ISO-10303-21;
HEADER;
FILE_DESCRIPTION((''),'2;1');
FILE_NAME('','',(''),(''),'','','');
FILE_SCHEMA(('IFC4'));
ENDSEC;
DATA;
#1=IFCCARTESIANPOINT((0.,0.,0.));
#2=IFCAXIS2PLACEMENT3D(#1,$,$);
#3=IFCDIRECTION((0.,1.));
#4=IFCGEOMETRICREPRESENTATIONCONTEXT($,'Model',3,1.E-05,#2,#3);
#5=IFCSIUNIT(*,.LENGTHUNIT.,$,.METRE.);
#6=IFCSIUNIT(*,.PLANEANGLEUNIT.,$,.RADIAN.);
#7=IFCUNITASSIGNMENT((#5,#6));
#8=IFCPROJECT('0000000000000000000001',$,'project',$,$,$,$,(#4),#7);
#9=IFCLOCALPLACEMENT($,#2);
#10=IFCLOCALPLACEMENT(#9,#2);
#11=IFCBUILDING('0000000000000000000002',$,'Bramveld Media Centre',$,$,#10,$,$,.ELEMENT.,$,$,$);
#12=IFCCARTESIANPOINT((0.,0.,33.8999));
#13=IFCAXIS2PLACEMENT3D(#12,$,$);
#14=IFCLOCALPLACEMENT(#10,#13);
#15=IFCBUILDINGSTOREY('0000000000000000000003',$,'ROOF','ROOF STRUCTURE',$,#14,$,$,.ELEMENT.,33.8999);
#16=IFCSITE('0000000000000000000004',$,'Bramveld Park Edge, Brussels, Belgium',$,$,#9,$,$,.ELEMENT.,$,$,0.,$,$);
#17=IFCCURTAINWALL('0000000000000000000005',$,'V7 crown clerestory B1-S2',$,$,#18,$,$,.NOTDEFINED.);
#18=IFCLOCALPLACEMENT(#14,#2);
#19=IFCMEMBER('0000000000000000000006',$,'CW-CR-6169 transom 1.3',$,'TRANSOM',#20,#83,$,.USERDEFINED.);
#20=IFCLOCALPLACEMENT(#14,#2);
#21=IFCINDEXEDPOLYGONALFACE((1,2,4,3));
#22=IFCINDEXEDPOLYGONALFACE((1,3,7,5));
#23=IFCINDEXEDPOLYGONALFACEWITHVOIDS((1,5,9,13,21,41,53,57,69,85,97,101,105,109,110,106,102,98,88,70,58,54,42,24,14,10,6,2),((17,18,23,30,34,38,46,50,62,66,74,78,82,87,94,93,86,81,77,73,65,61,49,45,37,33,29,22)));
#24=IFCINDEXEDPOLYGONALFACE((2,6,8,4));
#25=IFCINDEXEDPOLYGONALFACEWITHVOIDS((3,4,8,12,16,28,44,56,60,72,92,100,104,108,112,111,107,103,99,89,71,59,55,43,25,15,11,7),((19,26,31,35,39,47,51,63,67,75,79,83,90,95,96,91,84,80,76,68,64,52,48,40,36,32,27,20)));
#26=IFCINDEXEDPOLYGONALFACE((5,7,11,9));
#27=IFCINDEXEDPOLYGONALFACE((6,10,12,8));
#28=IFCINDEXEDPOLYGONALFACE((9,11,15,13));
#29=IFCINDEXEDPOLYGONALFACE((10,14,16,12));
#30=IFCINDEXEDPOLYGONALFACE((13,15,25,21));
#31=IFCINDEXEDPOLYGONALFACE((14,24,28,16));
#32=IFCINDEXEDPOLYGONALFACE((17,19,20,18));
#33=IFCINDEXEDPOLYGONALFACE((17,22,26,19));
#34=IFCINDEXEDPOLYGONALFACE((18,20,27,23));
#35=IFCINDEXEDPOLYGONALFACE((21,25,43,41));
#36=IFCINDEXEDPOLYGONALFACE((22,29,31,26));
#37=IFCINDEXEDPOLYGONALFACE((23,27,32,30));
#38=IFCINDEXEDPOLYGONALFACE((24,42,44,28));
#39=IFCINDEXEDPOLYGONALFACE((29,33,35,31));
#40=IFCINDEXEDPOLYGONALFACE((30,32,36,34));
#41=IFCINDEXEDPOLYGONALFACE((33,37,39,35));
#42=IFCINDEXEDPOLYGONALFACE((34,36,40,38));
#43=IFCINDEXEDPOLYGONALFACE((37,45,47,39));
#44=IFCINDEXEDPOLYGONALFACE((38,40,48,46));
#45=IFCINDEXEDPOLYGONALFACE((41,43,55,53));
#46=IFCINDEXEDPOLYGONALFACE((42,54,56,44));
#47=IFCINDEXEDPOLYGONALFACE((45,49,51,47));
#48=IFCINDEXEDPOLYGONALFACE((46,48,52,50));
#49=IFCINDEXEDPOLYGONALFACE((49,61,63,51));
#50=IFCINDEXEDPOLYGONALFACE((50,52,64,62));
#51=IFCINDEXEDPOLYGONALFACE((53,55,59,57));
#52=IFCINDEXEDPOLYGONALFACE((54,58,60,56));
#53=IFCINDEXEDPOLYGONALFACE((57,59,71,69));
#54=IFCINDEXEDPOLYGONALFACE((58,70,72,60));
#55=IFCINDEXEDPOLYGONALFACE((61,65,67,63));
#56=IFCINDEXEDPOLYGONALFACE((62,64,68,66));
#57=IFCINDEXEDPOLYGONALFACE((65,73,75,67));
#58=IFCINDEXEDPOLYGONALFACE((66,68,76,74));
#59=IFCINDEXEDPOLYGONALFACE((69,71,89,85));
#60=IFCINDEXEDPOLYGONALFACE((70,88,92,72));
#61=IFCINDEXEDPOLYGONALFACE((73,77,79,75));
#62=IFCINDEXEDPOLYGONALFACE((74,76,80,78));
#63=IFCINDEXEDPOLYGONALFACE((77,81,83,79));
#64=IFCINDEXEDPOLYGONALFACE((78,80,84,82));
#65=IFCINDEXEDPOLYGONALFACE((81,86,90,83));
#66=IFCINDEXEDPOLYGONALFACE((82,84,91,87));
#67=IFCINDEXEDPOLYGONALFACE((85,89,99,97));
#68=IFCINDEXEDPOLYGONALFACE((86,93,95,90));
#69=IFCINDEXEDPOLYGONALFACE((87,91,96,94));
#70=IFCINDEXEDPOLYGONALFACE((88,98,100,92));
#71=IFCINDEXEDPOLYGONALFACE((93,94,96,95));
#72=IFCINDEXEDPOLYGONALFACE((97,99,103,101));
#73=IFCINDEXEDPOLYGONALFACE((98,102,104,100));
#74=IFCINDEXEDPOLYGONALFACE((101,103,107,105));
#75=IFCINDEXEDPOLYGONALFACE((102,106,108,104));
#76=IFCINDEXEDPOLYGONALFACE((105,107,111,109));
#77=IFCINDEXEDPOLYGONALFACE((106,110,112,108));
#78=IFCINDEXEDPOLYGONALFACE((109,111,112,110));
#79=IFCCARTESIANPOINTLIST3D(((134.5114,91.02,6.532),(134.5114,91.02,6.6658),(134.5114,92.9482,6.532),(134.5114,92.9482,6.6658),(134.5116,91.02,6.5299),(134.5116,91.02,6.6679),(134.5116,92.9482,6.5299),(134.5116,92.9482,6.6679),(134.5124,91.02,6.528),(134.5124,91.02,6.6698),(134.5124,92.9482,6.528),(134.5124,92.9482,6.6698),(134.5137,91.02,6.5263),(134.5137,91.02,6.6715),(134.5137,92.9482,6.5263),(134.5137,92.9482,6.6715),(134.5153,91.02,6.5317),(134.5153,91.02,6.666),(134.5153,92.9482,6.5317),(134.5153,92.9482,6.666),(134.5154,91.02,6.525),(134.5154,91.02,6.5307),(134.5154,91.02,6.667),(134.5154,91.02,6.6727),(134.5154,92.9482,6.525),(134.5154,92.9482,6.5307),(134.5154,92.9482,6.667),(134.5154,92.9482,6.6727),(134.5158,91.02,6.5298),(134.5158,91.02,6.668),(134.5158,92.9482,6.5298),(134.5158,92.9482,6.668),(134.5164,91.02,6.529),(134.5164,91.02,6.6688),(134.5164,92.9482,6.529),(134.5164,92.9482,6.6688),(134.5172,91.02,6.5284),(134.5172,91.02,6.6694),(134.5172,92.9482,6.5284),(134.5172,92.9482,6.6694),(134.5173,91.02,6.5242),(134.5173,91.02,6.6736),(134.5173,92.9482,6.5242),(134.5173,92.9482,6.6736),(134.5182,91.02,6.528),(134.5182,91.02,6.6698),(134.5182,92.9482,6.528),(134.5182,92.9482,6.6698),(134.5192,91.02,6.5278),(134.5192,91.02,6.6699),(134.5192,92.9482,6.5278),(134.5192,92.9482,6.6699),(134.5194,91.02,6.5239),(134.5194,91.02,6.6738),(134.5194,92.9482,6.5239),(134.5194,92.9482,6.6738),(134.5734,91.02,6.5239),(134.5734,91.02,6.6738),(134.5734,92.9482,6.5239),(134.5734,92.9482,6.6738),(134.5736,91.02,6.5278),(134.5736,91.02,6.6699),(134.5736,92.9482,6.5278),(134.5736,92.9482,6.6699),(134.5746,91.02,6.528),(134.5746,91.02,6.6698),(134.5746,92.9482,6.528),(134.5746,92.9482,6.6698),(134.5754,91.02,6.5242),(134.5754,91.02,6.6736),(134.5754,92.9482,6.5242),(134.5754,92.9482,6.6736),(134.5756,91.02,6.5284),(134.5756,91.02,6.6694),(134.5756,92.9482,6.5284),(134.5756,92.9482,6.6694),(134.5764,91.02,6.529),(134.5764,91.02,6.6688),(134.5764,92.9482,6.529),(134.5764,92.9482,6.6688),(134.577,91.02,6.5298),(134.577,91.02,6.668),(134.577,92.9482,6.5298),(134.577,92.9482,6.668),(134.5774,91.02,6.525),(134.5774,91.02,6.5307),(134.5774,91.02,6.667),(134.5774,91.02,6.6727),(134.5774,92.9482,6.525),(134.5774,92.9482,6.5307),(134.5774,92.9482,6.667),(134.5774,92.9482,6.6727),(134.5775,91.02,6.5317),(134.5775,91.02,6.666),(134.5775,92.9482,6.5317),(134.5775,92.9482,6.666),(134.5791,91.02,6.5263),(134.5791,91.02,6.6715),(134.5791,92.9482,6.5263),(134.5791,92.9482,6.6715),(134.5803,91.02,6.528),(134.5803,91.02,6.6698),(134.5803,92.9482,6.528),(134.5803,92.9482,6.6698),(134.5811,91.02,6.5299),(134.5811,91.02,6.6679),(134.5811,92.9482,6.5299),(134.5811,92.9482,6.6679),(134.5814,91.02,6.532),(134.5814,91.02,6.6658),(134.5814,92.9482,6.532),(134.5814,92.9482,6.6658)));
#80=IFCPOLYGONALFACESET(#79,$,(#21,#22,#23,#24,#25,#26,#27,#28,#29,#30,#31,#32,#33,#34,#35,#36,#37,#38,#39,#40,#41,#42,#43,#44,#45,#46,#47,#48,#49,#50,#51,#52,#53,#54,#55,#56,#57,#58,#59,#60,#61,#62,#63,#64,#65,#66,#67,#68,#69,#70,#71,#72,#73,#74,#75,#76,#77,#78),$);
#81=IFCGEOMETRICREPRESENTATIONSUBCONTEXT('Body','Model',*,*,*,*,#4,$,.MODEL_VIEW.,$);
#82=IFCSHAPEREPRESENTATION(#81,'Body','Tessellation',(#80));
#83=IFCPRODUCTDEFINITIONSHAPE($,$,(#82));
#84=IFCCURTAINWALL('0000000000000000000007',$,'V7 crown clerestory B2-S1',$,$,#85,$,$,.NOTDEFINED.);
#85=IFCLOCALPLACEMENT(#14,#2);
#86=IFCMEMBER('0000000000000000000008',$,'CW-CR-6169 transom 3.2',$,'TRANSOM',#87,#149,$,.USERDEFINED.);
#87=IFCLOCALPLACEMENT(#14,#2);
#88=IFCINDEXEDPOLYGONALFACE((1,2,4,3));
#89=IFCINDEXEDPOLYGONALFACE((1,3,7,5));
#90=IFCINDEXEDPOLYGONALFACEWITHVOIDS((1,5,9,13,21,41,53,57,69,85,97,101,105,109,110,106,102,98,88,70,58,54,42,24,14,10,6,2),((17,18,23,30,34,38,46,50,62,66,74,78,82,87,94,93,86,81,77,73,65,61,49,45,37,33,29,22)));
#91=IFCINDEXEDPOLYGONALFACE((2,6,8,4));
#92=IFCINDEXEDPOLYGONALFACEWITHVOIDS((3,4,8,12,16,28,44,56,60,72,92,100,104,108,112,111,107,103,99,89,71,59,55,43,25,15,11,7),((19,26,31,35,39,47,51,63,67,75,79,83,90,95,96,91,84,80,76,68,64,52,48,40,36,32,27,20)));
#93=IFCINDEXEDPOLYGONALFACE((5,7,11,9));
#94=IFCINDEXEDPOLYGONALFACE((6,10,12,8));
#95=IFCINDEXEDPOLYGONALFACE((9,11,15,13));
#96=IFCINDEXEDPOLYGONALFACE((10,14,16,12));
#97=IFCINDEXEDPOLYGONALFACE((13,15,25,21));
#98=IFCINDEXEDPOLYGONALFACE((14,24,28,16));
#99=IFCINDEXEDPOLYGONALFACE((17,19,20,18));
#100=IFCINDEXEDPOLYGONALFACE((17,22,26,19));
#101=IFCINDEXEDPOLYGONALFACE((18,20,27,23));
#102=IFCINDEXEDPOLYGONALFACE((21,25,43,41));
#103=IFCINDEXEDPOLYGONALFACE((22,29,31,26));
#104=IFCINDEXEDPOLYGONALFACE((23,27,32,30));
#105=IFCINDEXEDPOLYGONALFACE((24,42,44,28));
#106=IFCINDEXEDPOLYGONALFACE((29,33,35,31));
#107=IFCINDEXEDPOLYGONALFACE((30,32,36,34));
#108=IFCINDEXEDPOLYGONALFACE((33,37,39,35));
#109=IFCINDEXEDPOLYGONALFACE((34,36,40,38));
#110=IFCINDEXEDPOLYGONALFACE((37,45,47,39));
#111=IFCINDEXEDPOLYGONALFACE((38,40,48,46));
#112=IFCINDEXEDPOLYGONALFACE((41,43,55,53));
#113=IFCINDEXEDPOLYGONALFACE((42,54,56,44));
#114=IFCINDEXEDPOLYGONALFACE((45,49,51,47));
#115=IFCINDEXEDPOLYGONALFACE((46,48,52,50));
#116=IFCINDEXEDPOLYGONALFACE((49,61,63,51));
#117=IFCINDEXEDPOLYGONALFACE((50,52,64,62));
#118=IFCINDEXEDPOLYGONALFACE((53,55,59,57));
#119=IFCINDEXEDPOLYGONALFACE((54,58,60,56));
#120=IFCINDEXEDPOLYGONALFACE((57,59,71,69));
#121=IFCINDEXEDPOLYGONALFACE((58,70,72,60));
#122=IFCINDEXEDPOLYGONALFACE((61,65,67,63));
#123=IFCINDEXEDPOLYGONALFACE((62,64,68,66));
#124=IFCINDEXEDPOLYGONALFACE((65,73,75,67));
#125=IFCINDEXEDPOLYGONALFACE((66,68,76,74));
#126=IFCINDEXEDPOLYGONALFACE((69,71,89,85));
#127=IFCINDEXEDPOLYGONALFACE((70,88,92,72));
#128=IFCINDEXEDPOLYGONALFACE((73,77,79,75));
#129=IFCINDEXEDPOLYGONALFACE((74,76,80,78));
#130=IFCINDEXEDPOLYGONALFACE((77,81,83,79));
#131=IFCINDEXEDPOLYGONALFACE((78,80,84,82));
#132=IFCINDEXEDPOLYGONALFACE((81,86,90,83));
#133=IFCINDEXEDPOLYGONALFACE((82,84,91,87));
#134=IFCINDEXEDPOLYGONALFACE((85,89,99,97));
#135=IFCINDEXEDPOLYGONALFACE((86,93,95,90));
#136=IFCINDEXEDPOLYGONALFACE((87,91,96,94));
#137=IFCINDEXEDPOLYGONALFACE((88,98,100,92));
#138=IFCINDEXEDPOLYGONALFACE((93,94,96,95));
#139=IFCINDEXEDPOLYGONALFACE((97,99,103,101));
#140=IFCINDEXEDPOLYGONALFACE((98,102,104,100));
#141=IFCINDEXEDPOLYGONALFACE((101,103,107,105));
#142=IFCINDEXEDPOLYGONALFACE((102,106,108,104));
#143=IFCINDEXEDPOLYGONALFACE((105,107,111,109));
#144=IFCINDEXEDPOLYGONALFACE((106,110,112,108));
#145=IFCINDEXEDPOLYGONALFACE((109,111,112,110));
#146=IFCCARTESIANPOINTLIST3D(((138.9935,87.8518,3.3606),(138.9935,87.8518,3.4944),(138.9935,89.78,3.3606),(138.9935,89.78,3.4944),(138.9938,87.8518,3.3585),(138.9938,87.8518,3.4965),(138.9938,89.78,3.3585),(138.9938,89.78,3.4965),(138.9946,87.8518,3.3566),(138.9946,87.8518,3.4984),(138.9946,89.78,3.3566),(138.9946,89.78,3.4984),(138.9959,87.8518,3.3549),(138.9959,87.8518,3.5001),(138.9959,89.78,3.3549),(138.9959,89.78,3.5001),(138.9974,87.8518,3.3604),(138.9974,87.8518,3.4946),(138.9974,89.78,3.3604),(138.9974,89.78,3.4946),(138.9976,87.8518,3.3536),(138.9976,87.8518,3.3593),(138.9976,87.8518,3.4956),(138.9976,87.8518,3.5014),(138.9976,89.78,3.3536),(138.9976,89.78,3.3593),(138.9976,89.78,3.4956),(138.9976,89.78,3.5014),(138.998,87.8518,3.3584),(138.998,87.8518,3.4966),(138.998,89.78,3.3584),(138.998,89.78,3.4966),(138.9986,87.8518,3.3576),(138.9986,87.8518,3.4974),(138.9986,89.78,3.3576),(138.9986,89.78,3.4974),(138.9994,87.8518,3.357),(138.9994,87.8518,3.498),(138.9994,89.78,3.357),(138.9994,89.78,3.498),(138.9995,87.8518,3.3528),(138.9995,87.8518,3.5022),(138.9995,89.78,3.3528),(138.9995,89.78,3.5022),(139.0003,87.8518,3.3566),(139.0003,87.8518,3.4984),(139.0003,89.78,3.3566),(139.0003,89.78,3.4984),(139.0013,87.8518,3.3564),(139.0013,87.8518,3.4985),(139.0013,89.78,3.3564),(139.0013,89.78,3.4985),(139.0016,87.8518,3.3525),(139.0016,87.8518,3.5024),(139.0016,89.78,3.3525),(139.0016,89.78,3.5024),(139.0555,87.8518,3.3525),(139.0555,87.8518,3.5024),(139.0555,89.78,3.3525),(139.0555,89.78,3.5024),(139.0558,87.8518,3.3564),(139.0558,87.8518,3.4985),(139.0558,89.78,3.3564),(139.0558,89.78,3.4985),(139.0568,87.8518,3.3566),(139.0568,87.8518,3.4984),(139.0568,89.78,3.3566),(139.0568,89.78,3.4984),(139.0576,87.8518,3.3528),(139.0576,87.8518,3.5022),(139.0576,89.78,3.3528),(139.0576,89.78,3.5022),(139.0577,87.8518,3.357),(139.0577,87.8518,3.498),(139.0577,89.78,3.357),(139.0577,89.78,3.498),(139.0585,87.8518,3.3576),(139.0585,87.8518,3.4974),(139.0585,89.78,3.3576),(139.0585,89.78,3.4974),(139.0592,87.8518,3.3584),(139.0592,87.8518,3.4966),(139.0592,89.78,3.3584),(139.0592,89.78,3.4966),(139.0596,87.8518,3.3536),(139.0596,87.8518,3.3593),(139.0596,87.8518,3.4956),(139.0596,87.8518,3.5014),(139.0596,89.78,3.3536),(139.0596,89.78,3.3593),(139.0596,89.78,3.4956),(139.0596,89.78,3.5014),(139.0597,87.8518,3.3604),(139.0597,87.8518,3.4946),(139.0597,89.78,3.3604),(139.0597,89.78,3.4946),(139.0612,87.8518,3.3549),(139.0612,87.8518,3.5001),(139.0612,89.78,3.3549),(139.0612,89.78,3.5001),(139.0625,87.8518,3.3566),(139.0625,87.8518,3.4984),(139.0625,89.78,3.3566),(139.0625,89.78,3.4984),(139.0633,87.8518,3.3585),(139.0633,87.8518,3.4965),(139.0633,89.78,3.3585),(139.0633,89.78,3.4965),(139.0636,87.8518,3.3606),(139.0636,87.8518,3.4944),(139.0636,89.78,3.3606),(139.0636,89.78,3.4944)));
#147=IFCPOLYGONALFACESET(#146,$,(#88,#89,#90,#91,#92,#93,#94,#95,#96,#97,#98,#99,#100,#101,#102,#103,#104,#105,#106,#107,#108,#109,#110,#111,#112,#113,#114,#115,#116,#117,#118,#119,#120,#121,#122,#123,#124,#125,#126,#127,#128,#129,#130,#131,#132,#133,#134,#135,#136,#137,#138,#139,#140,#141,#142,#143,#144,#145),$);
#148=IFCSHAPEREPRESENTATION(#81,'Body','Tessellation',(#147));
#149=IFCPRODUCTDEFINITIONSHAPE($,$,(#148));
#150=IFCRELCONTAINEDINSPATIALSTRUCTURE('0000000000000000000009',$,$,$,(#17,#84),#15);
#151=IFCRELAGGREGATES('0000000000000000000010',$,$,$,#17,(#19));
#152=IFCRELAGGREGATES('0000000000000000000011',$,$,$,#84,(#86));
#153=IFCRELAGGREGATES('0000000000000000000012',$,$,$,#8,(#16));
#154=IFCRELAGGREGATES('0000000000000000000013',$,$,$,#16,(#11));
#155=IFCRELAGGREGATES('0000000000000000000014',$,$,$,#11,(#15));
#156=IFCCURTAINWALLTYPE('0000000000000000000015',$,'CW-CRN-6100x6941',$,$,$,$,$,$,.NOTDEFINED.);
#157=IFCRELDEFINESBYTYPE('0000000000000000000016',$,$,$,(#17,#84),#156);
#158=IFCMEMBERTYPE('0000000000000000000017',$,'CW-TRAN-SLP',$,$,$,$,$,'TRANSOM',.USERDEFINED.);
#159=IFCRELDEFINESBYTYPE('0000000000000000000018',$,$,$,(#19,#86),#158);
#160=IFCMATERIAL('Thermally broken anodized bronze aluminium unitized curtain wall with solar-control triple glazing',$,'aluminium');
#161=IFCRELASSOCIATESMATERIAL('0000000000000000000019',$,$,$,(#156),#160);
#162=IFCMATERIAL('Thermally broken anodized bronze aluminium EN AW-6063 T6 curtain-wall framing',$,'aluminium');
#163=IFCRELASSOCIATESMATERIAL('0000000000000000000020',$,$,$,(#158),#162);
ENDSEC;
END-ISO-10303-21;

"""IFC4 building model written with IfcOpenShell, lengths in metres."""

from ifc_helpers import new_model, si_unit, direction, frame, origin, origin_2d, place, context, subcontext, project, spatial, hollow_rectangle, extrude, material, material_profile, profile_set, type_object, element, aggregate, save


model = new_model("IFC4")

# Units and contexts
model_context = context("Model", 3, precision=1e-05, world=origin(), true_north=direction((0.0, 1.0)))
body_context = subcontext(model_context, "Body", "Model", "MODEL_VIEW")
ifc_project = project(units=[si_unit("LENGTHUNIT", "METRE"), si_unit("PLANEANGLEUNIT", "RADIAN")], contexts=[model_context])

# Site, building, storey
site_placement = place(None, origin())
site = spatial("IfcSite", under=ifc_project, at=site_placement, Name="Bramveld Park Edge, Brussels, Belgium", CompositionType="ELEMENT", RefElevation=0.0)
building_placement = place(site_placement, origin())
building = spatial("IfcBuilding", under=site, at=building_placement, Name="Bramveld Media Centre", CompositionType="ELEMENT")
storey_placement = place(building_placement, frame((0.0, 0.0, 33.8999)))
storey = spatial("IfcBuildingStorey", under=building, at=storey_placement, Name="ROOF", Description="ROOF STRUCTURE", CompositionType="ELEMENT", Elevation=33.8999)

# Shared definitions
ifc_material_1 = material(Name="Thermally broken anodized bronze aluminium unitized curtain wall with solar-control triple glazing", Category="aluminium")
curtain_wall_type = type_object("IfcCurtainWallType", Name="CW-CRN-6100x6941", PredefinedType="NOTDEFINED", material=ifc_material_1)

# Curtain walls, members
curtain_wall_1_placement = place(storey_placement, origin())
curtain_wall_1 = element("IfcCurtainWall", 1, at=curtain_wall_1_placement, inside=storey, type_object=curtain_wall_type, Name="V7 crown clerestory B1-S2", PredefinedType="NOTDEFINED")
ifc_material_2 = material(Name="Thermally broken anodized bronze aluminium EN AW-6063 T6 curtain-wall framing", Category="aluminium")
ifc_material_profile_1 = material_profile(ifc_material_2, hollow_rectangle(XDim=0.0701, YDim=0.1499, WallThickness=0.0039, InnerFilletRadius=0.0039, OuterFilletRadius=0.0081, at=origin_2d()), Name="AL-TRAN 70x150")
ifc_profile_set_1 = profile_set([ifc_material_profile_1], Name="Thermally broken anodized bronze aluminium EN AW-6063 T6 curtain-wall framing")
member_type_1 = type_object("IfcMemberType", Name="CW-TRAN-SLP", ElementType="TRANSOM", PredefinedType="USERDEFINED", material=ifc_profile_set_1)
member_1_placement = place(storey_placement, frame((134.5464, 91.02, 6.5989), z_axis=(0.0, 1.0, 0.0), x_axis=(-1.0, 0.0, 0.0)))
member_1 = element("IfcMember", 2, at=member_1_placement, type_object=member_type_1, Name="CW-CR-6169 transom 1.3", ObjectType="TRANSOM", PredefinedType="USERDEFINED", context=body_context, shape_type="SweptSolid", body=[
    extrude(hollow_rectangle(XDim=0.0701, YDim=0.1499, WallThickness=0.0039, InnerFilletRadius=0.0039, OuterFilletRadius=0.0081, at=origin_2d()), origin(), (0.0, 0.0, 1.0), 1.9282),
])
curtain_wall_2_placement = place(storey_placement, origin())
curtain_wall_2 = element("IfcCurtainWall", 3, at=curtain_wall_2_placement, inside=storey, type_object=curtain_wall_type, Name="V7 crown clerestory B2-S1", PredefinedType="NOTDEFINED")
member_2_placement = place(storey_placement, frame((139.0286, 87.8518, 3.4275), z_axis=(0.0, 1.0, 0.0), x_axis=(-1.0, 0.0, 0.0)))
member_2 = element("IfcMember", 4, at=member_2_placement, type_object=member_type_1, Name="CW-CR-6169 transom 3.2", ObjectType="TRANSOM", PredefinedType="USERDEFINED", context=body_context, shape_type="SweptSolid", body=[
    extrude(hollow_rectangle(XDim=0.0701, YDim=0.1499, WallThickness=0.0039, InnerFilletRadius=0.0039, OuterFilletRadius=0.0081, at=origin_2d()), origin(), (0.0, 0.0, 1.0), 1.9282),
])

aggregate(curtain_wall_1, [member_1])
aggregate(curtain_wall_2, [member_2])

save(model, "model.ifc")
